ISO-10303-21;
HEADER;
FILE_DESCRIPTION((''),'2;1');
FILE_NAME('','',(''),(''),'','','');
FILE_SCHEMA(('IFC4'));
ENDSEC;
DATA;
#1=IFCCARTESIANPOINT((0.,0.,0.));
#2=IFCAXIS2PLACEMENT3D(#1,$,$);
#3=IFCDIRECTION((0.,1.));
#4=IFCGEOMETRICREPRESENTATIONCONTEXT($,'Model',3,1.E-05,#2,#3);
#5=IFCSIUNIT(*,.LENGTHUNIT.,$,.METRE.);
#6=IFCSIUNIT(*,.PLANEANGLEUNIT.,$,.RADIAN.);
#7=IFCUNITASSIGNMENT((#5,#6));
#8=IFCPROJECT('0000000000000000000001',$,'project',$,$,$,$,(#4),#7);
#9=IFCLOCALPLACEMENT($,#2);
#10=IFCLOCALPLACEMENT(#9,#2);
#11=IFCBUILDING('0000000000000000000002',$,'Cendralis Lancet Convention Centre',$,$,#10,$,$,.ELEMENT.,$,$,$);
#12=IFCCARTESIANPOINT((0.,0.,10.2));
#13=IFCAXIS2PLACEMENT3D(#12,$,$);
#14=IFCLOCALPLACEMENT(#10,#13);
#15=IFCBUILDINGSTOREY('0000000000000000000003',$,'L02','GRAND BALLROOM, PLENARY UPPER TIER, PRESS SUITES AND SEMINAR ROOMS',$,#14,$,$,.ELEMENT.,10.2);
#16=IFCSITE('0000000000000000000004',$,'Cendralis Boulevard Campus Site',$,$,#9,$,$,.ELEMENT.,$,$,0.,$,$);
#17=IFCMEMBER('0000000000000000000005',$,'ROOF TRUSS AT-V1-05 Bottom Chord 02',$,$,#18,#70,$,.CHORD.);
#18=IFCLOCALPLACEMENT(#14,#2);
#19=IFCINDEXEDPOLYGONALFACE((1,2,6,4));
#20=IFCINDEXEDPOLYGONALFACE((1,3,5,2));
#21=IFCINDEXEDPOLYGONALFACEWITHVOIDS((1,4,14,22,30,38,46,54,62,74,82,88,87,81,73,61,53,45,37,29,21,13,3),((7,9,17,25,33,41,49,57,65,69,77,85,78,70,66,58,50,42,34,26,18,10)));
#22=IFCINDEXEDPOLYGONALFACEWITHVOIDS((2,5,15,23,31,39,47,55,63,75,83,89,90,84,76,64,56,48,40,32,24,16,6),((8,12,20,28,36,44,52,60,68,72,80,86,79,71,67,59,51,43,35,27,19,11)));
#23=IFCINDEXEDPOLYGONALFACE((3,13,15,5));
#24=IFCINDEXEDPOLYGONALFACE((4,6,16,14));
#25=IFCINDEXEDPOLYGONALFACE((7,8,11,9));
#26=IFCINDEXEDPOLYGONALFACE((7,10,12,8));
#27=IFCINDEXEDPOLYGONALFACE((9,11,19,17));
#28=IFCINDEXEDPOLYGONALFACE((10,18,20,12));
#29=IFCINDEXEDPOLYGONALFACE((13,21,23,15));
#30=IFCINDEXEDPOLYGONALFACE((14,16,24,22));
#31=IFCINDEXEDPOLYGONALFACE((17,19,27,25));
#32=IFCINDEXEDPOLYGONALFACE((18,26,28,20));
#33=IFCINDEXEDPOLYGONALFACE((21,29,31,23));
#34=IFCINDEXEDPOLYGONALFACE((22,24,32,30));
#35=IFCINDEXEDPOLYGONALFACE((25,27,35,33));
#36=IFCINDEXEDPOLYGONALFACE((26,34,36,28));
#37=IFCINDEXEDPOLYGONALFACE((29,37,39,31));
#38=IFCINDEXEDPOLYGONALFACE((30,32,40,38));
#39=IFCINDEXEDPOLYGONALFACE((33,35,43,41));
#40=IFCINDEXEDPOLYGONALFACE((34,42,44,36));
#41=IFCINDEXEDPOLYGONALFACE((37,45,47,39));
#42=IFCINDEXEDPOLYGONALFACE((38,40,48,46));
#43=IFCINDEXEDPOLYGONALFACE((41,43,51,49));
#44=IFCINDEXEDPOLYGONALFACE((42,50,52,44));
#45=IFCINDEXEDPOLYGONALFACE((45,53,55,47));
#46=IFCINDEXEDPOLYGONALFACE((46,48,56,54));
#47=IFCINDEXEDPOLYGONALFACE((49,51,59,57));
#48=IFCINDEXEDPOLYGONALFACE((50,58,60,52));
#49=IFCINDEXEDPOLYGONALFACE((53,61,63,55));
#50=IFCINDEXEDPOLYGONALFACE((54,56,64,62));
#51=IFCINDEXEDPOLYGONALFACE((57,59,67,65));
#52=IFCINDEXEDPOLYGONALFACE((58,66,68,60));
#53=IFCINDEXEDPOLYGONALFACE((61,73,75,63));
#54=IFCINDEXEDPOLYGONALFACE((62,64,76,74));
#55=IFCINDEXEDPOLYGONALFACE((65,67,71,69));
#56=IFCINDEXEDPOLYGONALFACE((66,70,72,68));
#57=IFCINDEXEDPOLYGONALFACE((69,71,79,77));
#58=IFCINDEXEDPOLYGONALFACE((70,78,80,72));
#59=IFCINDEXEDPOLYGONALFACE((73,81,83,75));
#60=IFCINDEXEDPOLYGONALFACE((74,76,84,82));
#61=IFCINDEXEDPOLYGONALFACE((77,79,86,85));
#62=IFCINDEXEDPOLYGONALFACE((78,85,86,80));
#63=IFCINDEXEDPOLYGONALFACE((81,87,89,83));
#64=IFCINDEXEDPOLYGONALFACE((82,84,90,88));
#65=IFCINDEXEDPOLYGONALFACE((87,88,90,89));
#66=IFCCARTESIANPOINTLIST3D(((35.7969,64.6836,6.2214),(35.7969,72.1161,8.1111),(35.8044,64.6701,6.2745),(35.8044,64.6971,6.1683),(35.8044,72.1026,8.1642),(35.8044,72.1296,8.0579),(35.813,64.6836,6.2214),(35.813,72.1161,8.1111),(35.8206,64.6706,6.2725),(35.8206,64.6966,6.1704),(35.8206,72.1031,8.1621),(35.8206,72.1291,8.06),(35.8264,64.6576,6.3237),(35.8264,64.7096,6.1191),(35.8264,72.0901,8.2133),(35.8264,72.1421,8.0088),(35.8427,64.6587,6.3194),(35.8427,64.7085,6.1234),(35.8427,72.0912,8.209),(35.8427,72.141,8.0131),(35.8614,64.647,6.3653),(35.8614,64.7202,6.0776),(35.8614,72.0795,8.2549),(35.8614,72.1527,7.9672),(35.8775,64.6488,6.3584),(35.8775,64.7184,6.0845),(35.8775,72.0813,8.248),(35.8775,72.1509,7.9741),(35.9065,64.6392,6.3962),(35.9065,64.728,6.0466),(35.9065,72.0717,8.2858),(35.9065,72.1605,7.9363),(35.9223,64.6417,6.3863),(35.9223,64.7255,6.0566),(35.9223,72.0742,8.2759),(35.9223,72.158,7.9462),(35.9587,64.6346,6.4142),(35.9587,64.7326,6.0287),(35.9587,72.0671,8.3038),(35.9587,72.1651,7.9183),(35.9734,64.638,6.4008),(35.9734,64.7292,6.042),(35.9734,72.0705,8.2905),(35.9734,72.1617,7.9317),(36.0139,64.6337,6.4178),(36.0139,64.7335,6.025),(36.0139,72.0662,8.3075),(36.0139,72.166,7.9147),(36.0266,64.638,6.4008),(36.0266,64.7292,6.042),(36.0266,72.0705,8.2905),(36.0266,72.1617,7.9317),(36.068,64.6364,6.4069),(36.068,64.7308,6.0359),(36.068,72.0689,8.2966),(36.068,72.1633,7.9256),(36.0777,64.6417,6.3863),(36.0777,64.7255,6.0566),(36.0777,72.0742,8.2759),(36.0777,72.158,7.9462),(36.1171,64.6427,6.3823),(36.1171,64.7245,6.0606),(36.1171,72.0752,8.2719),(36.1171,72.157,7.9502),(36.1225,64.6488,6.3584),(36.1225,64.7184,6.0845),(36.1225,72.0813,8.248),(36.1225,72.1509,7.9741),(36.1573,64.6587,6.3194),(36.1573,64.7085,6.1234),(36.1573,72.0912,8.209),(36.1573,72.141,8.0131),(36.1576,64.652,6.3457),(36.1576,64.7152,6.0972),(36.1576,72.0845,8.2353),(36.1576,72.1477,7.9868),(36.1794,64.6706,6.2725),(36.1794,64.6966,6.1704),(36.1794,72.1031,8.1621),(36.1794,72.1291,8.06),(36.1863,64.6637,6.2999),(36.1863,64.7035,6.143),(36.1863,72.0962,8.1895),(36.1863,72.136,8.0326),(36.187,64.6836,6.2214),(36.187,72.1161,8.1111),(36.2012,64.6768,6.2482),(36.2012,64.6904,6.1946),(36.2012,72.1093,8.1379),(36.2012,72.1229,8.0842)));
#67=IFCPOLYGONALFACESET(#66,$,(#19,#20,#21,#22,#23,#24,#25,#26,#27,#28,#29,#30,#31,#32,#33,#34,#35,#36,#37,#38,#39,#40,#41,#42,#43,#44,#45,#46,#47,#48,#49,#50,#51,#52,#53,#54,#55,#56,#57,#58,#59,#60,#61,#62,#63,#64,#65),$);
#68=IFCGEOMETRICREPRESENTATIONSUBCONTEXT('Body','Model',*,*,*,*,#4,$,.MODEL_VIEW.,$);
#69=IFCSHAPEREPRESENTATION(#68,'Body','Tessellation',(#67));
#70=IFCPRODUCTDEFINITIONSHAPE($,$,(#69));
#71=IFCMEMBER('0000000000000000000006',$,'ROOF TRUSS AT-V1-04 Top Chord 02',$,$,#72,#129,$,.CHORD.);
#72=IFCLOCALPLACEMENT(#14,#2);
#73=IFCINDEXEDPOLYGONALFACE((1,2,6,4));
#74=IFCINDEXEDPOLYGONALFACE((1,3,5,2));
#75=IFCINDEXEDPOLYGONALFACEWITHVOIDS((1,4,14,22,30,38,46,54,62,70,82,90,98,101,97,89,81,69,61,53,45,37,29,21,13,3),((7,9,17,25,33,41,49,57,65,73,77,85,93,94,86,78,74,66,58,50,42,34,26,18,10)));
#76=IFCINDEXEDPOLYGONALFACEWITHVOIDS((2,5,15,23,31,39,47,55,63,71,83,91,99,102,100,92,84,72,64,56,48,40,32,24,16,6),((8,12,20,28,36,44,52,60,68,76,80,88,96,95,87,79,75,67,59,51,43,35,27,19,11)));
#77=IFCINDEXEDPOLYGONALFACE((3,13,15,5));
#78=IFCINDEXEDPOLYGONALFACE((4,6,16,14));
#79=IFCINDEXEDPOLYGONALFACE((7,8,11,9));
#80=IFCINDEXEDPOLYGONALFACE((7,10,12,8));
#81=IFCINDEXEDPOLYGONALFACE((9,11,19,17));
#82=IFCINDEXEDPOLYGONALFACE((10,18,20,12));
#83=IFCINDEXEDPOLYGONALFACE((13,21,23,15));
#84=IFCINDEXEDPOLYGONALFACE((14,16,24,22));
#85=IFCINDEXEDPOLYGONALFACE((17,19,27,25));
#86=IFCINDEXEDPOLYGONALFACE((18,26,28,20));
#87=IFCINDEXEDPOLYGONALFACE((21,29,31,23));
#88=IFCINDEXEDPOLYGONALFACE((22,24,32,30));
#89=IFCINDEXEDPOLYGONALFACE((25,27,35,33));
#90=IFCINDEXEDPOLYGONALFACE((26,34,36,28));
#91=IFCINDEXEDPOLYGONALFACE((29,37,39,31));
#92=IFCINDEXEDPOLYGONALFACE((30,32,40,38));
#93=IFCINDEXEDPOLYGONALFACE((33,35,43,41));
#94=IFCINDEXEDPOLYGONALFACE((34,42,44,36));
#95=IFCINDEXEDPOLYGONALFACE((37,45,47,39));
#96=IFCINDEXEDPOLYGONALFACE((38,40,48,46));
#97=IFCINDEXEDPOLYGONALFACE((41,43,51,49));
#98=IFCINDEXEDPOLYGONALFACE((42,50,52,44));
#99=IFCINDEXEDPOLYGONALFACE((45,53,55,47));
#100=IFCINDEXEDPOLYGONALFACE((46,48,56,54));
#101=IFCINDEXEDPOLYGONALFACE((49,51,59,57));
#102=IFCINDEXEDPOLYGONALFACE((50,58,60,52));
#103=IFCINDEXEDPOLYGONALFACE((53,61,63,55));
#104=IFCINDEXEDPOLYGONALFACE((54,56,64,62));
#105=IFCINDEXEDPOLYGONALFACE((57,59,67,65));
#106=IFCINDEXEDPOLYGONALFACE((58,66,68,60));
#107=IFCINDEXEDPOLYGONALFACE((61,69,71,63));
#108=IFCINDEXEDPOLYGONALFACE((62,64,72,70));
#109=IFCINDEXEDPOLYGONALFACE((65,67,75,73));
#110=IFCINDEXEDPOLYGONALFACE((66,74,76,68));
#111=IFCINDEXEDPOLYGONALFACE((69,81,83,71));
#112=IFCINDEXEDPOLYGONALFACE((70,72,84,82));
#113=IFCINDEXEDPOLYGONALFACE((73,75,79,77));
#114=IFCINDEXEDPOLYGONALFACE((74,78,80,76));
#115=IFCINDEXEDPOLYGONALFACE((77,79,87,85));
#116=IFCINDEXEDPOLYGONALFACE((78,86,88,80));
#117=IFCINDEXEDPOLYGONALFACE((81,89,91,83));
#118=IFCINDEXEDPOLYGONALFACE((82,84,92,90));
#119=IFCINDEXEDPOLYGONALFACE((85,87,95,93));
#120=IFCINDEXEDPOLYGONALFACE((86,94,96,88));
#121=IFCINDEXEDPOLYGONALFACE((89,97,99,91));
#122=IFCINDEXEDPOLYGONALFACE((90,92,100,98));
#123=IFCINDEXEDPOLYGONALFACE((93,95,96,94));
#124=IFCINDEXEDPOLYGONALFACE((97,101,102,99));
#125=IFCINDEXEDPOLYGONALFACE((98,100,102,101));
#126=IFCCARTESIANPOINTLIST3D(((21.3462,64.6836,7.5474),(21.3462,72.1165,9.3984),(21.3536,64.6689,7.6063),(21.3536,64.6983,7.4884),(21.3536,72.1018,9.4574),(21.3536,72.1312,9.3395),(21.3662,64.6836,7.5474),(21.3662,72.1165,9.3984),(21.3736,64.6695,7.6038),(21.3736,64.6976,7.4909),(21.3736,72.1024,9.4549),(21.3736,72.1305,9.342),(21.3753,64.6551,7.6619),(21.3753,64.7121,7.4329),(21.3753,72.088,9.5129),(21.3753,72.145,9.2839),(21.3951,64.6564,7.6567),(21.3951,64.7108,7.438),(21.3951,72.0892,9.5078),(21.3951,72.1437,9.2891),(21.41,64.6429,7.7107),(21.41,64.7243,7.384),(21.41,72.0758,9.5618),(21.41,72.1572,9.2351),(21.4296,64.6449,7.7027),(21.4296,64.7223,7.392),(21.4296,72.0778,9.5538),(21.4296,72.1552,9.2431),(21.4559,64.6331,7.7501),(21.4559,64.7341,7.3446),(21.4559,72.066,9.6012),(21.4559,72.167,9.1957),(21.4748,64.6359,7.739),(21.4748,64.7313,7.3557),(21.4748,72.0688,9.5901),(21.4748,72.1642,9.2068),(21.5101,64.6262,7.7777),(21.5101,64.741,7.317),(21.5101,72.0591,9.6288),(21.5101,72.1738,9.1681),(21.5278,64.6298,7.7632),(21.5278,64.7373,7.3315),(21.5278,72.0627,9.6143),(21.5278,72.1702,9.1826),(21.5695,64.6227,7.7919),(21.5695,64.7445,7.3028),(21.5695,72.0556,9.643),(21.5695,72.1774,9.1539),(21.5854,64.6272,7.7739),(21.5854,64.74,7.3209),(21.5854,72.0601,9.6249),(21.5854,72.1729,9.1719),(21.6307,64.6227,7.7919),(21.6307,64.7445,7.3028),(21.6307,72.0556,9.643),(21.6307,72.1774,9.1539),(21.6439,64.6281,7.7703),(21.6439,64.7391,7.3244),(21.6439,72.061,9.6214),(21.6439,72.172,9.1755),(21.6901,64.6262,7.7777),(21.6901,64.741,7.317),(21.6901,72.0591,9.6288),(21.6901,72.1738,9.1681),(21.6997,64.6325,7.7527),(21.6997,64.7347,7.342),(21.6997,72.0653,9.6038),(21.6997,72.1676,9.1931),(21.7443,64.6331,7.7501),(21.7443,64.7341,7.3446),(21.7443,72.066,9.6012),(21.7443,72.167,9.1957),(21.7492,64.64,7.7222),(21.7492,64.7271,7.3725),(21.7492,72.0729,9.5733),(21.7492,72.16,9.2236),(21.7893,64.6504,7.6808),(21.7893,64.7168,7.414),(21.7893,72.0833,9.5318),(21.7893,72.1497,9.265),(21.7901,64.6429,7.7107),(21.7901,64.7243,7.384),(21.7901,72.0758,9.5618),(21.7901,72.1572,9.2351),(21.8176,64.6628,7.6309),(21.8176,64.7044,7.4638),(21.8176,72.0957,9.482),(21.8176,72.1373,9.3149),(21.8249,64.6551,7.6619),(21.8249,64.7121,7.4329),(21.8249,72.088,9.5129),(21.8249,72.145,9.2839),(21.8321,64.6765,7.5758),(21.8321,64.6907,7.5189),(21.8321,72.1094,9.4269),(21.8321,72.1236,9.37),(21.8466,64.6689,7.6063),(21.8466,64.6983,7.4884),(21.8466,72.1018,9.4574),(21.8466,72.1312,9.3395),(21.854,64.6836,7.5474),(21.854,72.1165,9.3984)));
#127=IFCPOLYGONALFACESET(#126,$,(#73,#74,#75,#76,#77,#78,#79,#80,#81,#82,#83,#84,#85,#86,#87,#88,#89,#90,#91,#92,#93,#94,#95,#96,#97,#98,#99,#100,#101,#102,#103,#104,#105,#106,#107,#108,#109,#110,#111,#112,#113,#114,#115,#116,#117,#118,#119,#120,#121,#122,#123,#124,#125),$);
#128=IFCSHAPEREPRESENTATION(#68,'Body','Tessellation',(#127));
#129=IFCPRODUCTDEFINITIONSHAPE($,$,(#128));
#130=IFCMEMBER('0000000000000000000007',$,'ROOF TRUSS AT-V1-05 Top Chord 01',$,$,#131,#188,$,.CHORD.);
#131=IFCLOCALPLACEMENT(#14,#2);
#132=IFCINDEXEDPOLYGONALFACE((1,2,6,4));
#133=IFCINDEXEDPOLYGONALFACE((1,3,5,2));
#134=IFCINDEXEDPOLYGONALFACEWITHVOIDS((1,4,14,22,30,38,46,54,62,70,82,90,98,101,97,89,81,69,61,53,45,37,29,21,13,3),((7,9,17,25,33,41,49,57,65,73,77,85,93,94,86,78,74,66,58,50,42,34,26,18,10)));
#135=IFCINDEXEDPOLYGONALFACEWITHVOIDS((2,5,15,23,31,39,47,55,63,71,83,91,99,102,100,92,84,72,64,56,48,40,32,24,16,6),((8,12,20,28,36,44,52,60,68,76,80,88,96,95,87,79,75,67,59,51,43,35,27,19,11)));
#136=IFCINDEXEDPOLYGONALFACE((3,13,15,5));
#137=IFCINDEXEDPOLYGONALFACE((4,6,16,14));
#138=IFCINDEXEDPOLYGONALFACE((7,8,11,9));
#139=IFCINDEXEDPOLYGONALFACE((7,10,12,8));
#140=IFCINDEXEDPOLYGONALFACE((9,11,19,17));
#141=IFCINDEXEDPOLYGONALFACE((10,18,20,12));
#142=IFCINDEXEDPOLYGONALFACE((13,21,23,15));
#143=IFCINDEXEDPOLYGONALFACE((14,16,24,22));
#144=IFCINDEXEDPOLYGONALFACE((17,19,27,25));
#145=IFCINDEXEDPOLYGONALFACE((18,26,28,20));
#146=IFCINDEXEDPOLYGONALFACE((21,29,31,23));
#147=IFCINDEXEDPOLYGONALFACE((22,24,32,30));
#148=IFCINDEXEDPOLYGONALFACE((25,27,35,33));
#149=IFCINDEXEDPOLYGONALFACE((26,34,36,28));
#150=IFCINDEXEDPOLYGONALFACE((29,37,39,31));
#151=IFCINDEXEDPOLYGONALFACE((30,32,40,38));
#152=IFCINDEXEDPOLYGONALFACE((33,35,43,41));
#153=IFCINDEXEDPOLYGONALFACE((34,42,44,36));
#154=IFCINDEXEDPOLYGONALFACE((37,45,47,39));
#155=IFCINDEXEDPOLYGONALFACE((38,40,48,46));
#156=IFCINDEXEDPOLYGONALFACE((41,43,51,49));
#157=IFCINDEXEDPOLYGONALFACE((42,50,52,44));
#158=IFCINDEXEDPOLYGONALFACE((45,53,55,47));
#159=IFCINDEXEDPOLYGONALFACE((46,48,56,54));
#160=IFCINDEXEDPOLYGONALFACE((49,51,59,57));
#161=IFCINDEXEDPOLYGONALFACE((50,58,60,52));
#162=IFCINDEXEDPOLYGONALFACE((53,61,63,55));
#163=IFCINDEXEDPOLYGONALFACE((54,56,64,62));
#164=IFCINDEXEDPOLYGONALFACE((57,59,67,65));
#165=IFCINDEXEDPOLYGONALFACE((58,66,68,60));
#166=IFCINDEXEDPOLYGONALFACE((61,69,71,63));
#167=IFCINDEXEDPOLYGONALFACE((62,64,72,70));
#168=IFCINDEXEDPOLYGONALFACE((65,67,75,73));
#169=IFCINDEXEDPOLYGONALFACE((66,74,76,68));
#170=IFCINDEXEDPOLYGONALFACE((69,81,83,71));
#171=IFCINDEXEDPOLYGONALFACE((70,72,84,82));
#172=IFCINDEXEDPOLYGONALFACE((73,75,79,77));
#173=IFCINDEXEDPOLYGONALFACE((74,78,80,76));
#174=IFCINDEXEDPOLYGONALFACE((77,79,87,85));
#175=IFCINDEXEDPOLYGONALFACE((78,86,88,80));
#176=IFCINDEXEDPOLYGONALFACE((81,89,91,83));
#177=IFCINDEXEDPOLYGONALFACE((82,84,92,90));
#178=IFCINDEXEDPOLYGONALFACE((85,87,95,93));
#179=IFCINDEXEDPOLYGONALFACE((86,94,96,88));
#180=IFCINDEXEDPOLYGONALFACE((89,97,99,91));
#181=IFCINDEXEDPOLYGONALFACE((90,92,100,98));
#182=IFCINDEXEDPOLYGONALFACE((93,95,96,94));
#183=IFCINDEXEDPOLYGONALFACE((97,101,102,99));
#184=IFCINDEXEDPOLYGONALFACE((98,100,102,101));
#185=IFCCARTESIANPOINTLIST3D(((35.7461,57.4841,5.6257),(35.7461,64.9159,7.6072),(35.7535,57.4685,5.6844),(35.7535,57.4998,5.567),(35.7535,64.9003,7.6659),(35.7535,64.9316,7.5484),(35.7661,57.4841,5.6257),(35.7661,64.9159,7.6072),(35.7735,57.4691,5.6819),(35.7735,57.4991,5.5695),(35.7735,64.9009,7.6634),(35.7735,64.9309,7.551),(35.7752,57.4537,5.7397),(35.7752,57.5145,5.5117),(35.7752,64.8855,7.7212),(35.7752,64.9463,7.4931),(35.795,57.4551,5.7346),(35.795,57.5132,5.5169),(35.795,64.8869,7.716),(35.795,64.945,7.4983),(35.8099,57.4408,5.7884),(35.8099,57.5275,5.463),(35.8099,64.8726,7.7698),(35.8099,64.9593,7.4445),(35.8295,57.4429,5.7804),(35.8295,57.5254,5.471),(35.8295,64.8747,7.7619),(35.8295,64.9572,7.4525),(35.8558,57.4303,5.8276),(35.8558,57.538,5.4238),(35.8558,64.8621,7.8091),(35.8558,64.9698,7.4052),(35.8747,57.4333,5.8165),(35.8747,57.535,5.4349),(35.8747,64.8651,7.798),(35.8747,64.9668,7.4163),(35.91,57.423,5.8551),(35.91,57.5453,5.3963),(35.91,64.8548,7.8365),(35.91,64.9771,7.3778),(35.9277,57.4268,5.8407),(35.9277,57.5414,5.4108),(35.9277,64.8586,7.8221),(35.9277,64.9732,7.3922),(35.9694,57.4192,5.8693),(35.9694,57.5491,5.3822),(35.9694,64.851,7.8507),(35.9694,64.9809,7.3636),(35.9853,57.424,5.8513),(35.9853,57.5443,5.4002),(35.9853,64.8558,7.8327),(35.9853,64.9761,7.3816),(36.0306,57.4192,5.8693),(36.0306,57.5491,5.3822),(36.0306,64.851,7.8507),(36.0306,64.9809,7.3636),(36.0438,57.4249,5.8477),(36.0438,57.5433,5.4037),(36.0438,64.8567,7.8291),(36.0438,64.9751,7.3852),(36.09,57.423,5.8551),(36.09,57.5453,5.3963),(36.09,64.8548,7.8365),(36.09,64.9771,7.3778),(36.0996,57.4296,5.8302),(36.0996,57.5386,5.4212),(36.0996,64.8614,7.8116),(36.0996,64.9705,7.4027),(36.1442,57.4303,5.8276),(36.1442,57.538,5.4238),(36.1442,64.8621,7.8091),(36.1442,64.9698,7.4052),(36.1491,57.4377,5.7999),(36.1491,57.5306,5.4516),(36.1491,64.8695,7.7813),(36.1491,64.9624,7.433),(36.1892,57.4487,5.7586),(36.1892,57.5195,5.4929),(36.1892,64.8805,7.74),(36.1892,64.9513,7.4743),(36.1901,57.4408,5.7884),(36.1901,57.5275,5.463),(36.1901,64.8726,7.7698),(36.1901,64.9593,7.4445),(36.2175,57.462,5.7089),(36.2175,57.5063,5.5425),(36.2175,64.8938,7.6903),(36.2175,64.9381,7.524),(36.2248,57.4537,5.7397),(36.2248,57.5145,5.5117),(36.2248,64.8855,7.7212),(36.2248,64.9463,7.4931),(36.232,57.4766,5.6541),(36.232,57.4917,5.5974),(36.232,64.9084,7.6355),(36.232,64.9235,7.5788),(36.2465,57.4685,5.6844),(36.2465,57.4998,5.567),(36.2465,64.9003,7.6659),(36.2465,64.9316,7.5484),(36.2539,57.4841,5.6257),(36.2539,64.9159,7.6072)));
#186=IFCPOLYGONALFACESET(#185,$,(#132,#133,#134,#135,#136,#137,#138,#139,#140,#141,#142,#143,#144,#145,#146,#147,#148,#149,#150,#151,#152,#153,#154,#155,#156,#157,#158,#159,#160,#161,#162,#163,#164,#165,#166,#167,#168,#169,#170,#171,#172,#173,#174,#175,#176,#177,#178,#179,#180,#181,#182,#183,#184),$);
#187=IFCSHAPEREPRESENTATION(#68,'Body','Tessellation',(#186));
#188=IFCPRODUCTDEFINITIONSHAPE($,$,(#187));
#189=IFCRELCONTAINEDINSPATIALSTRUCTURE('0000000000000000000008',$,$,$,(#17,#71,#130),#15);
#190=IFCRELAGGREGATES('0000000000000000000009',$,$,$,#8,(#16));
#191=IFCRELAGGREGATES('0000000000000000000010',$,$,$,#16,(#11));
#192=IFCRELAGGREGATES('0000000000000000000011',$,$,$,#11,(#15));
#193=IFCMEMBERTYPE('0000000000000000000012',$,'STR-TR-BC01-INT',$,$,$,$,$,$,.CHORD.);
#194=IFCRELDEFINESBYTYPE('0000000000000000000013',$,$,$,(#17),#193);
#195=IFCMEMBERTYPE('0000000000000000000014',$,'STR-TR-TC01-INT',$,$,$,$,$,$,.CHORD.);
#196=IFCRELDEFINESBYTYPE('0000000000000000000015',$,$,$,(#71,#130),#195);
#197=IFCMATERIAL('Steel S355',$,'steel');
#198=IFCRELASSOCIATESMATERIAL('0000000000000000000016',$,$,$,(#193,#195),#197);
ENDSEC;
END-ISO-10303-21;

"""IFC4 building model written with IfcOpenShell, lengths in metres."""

from ifc_helpers import new_model, si_unit, direction, frame, origin, origin_2d, place, context, subcontext, project, spatial, hollow_circle, extrude, material, material_profile, profile_set, type_object, element, save


model = new_model("IFC4")

# Units and contexts
model_context = context("Model", 3, precision=1e-05, world=origin(), true_north=direction((0.0, 1.0)))
body_context = subcontext(model_context, "Body", "Model", "MODEL_VIEW")
ifc_project = project(units=[si_unit("LENGTHUNIT", "METRE"), si_unit("PLANEANGLEUNIT", "RADIAN")], contexts=[model_context])

# Site, building, storey
site_placement = place(None, origin())
site = spatial("IfcSite", under=ifc_project, at=site_placement, Name="Cendralis Boulevard Campus Site", CompositionType="ELEMENT", RefElevation=0.0)
building_placement = place(site_placement, origin())
building = spatial("IfcBuilding", under=site, at=building_placement, Name="Cendralis Lancet Convention Centre", CompositionType="ELEMENT")
storey_placement = place(building_placement, frame((0.0, 0.0, 10.2)))
storey = spatial("IfcBuildingStorey", under=building, at=storey_placement, Name="L02", Description="GRAND BALLROOM, PLENARY UPPER TIER, PRESS SUITES AND SEMINAR ROOMS", CompositionType="ELEMENT", Elevation=10.2)

# Members
ifc_material = material(Name="Steel S355", Category="steel")
ifc_material_profile_1 = material_profile(ifc_material, hollow_circle(Radius=0.2031, WallThickness=0.0161, at=origin_2d()), Name="CHS 406.4x16.0")
ifc_profile_set_1 = profile_set([ifc_material_profile_1], Name="Steel S355")
member_type_1 = type_object("IfcMemberType", Name="STR-TR-BC01-INT", PredefinedType="CHORD", material=ifc_profile_set_1)
member_1_placement = place(storey_placement, frame((36.0, 64.6836, 6.2214), z_axis=(0.0, 0.969169, 0.246399), x_axis=(-1.0, 0.0, 0.0)))
element("IfcMember", 1, at=member_1_placement, inside=storey, type_object=member_type_1, Name="ROOF TRUSS AT-V1-05 Bottom Chord 02", PredefinedType="CHORD", context=body_context, shape_type="SweptSolid", body=[
    extrude(hollow_circle(Radius=0.2031, WallThickness=0.0161, at=origin_2d()), origin(), (0.0, 0.0, 1.0), 7.6689),
])
ifc_material_profile_2 = material_profile(ifc_material, hollow_circle(Radius=0.2539, WallThickness=0.02, at=origin_2d()), Name="CHS 508.0x20.0")
ifc_profile_set_2 = profile_set([ifc_material_profile_2], Name="Steel S355")
member_type_2 = type_object("IfcMemberType", Name="STR-TR-TC01-INT", PredefinedType="CHORD", material=ifc_profile_set_2)
member_2_placement = place(storey_placement, frame((21.6001, 64.6836, 7.5474), z_axis=(0.0, 0.970361, 0.241658), x_axis=(-1.0, 0.0, 0.0)))
element("IfcMember", 2, at=member_2_placement, inside=storey, type_object=member_type_2, Name="ROOF TRUSS AT-V1-04 Top Chord 02", PredefinedType="CHORD", context=body_context, shape_type="SweptSolid", body=[
    extrude(hollow_circle(Radius=0.2539, WallThickness=0.02, at=origin_2d()), origin(), (0.0, 0.0, 1.0), 7.6599),
])
member_3_placement = place(storey_placement, frame((36.0, 57.4841, 5.6257), z_axis=(0.0, 0.966248, 0.257615), x_axis=(-1.0, 0.0, 0.0)))
element("IfcMember", 3, at=member_3_placement, inside=storey, type_object=member_type_2, Name="ROOF TRUSS AT-V1-05 Top Chord 01", PredefinedType="CHORD", context=body_context, shape_type="SweptSolid", body=[
    extrude(hollow_circle(Radius=0.2539, WallThickness=0.02, at=origin_2d()), origin(), (0.0, 0.0, 1.0), 7.6914),
])

save(model, "model.ifc")
